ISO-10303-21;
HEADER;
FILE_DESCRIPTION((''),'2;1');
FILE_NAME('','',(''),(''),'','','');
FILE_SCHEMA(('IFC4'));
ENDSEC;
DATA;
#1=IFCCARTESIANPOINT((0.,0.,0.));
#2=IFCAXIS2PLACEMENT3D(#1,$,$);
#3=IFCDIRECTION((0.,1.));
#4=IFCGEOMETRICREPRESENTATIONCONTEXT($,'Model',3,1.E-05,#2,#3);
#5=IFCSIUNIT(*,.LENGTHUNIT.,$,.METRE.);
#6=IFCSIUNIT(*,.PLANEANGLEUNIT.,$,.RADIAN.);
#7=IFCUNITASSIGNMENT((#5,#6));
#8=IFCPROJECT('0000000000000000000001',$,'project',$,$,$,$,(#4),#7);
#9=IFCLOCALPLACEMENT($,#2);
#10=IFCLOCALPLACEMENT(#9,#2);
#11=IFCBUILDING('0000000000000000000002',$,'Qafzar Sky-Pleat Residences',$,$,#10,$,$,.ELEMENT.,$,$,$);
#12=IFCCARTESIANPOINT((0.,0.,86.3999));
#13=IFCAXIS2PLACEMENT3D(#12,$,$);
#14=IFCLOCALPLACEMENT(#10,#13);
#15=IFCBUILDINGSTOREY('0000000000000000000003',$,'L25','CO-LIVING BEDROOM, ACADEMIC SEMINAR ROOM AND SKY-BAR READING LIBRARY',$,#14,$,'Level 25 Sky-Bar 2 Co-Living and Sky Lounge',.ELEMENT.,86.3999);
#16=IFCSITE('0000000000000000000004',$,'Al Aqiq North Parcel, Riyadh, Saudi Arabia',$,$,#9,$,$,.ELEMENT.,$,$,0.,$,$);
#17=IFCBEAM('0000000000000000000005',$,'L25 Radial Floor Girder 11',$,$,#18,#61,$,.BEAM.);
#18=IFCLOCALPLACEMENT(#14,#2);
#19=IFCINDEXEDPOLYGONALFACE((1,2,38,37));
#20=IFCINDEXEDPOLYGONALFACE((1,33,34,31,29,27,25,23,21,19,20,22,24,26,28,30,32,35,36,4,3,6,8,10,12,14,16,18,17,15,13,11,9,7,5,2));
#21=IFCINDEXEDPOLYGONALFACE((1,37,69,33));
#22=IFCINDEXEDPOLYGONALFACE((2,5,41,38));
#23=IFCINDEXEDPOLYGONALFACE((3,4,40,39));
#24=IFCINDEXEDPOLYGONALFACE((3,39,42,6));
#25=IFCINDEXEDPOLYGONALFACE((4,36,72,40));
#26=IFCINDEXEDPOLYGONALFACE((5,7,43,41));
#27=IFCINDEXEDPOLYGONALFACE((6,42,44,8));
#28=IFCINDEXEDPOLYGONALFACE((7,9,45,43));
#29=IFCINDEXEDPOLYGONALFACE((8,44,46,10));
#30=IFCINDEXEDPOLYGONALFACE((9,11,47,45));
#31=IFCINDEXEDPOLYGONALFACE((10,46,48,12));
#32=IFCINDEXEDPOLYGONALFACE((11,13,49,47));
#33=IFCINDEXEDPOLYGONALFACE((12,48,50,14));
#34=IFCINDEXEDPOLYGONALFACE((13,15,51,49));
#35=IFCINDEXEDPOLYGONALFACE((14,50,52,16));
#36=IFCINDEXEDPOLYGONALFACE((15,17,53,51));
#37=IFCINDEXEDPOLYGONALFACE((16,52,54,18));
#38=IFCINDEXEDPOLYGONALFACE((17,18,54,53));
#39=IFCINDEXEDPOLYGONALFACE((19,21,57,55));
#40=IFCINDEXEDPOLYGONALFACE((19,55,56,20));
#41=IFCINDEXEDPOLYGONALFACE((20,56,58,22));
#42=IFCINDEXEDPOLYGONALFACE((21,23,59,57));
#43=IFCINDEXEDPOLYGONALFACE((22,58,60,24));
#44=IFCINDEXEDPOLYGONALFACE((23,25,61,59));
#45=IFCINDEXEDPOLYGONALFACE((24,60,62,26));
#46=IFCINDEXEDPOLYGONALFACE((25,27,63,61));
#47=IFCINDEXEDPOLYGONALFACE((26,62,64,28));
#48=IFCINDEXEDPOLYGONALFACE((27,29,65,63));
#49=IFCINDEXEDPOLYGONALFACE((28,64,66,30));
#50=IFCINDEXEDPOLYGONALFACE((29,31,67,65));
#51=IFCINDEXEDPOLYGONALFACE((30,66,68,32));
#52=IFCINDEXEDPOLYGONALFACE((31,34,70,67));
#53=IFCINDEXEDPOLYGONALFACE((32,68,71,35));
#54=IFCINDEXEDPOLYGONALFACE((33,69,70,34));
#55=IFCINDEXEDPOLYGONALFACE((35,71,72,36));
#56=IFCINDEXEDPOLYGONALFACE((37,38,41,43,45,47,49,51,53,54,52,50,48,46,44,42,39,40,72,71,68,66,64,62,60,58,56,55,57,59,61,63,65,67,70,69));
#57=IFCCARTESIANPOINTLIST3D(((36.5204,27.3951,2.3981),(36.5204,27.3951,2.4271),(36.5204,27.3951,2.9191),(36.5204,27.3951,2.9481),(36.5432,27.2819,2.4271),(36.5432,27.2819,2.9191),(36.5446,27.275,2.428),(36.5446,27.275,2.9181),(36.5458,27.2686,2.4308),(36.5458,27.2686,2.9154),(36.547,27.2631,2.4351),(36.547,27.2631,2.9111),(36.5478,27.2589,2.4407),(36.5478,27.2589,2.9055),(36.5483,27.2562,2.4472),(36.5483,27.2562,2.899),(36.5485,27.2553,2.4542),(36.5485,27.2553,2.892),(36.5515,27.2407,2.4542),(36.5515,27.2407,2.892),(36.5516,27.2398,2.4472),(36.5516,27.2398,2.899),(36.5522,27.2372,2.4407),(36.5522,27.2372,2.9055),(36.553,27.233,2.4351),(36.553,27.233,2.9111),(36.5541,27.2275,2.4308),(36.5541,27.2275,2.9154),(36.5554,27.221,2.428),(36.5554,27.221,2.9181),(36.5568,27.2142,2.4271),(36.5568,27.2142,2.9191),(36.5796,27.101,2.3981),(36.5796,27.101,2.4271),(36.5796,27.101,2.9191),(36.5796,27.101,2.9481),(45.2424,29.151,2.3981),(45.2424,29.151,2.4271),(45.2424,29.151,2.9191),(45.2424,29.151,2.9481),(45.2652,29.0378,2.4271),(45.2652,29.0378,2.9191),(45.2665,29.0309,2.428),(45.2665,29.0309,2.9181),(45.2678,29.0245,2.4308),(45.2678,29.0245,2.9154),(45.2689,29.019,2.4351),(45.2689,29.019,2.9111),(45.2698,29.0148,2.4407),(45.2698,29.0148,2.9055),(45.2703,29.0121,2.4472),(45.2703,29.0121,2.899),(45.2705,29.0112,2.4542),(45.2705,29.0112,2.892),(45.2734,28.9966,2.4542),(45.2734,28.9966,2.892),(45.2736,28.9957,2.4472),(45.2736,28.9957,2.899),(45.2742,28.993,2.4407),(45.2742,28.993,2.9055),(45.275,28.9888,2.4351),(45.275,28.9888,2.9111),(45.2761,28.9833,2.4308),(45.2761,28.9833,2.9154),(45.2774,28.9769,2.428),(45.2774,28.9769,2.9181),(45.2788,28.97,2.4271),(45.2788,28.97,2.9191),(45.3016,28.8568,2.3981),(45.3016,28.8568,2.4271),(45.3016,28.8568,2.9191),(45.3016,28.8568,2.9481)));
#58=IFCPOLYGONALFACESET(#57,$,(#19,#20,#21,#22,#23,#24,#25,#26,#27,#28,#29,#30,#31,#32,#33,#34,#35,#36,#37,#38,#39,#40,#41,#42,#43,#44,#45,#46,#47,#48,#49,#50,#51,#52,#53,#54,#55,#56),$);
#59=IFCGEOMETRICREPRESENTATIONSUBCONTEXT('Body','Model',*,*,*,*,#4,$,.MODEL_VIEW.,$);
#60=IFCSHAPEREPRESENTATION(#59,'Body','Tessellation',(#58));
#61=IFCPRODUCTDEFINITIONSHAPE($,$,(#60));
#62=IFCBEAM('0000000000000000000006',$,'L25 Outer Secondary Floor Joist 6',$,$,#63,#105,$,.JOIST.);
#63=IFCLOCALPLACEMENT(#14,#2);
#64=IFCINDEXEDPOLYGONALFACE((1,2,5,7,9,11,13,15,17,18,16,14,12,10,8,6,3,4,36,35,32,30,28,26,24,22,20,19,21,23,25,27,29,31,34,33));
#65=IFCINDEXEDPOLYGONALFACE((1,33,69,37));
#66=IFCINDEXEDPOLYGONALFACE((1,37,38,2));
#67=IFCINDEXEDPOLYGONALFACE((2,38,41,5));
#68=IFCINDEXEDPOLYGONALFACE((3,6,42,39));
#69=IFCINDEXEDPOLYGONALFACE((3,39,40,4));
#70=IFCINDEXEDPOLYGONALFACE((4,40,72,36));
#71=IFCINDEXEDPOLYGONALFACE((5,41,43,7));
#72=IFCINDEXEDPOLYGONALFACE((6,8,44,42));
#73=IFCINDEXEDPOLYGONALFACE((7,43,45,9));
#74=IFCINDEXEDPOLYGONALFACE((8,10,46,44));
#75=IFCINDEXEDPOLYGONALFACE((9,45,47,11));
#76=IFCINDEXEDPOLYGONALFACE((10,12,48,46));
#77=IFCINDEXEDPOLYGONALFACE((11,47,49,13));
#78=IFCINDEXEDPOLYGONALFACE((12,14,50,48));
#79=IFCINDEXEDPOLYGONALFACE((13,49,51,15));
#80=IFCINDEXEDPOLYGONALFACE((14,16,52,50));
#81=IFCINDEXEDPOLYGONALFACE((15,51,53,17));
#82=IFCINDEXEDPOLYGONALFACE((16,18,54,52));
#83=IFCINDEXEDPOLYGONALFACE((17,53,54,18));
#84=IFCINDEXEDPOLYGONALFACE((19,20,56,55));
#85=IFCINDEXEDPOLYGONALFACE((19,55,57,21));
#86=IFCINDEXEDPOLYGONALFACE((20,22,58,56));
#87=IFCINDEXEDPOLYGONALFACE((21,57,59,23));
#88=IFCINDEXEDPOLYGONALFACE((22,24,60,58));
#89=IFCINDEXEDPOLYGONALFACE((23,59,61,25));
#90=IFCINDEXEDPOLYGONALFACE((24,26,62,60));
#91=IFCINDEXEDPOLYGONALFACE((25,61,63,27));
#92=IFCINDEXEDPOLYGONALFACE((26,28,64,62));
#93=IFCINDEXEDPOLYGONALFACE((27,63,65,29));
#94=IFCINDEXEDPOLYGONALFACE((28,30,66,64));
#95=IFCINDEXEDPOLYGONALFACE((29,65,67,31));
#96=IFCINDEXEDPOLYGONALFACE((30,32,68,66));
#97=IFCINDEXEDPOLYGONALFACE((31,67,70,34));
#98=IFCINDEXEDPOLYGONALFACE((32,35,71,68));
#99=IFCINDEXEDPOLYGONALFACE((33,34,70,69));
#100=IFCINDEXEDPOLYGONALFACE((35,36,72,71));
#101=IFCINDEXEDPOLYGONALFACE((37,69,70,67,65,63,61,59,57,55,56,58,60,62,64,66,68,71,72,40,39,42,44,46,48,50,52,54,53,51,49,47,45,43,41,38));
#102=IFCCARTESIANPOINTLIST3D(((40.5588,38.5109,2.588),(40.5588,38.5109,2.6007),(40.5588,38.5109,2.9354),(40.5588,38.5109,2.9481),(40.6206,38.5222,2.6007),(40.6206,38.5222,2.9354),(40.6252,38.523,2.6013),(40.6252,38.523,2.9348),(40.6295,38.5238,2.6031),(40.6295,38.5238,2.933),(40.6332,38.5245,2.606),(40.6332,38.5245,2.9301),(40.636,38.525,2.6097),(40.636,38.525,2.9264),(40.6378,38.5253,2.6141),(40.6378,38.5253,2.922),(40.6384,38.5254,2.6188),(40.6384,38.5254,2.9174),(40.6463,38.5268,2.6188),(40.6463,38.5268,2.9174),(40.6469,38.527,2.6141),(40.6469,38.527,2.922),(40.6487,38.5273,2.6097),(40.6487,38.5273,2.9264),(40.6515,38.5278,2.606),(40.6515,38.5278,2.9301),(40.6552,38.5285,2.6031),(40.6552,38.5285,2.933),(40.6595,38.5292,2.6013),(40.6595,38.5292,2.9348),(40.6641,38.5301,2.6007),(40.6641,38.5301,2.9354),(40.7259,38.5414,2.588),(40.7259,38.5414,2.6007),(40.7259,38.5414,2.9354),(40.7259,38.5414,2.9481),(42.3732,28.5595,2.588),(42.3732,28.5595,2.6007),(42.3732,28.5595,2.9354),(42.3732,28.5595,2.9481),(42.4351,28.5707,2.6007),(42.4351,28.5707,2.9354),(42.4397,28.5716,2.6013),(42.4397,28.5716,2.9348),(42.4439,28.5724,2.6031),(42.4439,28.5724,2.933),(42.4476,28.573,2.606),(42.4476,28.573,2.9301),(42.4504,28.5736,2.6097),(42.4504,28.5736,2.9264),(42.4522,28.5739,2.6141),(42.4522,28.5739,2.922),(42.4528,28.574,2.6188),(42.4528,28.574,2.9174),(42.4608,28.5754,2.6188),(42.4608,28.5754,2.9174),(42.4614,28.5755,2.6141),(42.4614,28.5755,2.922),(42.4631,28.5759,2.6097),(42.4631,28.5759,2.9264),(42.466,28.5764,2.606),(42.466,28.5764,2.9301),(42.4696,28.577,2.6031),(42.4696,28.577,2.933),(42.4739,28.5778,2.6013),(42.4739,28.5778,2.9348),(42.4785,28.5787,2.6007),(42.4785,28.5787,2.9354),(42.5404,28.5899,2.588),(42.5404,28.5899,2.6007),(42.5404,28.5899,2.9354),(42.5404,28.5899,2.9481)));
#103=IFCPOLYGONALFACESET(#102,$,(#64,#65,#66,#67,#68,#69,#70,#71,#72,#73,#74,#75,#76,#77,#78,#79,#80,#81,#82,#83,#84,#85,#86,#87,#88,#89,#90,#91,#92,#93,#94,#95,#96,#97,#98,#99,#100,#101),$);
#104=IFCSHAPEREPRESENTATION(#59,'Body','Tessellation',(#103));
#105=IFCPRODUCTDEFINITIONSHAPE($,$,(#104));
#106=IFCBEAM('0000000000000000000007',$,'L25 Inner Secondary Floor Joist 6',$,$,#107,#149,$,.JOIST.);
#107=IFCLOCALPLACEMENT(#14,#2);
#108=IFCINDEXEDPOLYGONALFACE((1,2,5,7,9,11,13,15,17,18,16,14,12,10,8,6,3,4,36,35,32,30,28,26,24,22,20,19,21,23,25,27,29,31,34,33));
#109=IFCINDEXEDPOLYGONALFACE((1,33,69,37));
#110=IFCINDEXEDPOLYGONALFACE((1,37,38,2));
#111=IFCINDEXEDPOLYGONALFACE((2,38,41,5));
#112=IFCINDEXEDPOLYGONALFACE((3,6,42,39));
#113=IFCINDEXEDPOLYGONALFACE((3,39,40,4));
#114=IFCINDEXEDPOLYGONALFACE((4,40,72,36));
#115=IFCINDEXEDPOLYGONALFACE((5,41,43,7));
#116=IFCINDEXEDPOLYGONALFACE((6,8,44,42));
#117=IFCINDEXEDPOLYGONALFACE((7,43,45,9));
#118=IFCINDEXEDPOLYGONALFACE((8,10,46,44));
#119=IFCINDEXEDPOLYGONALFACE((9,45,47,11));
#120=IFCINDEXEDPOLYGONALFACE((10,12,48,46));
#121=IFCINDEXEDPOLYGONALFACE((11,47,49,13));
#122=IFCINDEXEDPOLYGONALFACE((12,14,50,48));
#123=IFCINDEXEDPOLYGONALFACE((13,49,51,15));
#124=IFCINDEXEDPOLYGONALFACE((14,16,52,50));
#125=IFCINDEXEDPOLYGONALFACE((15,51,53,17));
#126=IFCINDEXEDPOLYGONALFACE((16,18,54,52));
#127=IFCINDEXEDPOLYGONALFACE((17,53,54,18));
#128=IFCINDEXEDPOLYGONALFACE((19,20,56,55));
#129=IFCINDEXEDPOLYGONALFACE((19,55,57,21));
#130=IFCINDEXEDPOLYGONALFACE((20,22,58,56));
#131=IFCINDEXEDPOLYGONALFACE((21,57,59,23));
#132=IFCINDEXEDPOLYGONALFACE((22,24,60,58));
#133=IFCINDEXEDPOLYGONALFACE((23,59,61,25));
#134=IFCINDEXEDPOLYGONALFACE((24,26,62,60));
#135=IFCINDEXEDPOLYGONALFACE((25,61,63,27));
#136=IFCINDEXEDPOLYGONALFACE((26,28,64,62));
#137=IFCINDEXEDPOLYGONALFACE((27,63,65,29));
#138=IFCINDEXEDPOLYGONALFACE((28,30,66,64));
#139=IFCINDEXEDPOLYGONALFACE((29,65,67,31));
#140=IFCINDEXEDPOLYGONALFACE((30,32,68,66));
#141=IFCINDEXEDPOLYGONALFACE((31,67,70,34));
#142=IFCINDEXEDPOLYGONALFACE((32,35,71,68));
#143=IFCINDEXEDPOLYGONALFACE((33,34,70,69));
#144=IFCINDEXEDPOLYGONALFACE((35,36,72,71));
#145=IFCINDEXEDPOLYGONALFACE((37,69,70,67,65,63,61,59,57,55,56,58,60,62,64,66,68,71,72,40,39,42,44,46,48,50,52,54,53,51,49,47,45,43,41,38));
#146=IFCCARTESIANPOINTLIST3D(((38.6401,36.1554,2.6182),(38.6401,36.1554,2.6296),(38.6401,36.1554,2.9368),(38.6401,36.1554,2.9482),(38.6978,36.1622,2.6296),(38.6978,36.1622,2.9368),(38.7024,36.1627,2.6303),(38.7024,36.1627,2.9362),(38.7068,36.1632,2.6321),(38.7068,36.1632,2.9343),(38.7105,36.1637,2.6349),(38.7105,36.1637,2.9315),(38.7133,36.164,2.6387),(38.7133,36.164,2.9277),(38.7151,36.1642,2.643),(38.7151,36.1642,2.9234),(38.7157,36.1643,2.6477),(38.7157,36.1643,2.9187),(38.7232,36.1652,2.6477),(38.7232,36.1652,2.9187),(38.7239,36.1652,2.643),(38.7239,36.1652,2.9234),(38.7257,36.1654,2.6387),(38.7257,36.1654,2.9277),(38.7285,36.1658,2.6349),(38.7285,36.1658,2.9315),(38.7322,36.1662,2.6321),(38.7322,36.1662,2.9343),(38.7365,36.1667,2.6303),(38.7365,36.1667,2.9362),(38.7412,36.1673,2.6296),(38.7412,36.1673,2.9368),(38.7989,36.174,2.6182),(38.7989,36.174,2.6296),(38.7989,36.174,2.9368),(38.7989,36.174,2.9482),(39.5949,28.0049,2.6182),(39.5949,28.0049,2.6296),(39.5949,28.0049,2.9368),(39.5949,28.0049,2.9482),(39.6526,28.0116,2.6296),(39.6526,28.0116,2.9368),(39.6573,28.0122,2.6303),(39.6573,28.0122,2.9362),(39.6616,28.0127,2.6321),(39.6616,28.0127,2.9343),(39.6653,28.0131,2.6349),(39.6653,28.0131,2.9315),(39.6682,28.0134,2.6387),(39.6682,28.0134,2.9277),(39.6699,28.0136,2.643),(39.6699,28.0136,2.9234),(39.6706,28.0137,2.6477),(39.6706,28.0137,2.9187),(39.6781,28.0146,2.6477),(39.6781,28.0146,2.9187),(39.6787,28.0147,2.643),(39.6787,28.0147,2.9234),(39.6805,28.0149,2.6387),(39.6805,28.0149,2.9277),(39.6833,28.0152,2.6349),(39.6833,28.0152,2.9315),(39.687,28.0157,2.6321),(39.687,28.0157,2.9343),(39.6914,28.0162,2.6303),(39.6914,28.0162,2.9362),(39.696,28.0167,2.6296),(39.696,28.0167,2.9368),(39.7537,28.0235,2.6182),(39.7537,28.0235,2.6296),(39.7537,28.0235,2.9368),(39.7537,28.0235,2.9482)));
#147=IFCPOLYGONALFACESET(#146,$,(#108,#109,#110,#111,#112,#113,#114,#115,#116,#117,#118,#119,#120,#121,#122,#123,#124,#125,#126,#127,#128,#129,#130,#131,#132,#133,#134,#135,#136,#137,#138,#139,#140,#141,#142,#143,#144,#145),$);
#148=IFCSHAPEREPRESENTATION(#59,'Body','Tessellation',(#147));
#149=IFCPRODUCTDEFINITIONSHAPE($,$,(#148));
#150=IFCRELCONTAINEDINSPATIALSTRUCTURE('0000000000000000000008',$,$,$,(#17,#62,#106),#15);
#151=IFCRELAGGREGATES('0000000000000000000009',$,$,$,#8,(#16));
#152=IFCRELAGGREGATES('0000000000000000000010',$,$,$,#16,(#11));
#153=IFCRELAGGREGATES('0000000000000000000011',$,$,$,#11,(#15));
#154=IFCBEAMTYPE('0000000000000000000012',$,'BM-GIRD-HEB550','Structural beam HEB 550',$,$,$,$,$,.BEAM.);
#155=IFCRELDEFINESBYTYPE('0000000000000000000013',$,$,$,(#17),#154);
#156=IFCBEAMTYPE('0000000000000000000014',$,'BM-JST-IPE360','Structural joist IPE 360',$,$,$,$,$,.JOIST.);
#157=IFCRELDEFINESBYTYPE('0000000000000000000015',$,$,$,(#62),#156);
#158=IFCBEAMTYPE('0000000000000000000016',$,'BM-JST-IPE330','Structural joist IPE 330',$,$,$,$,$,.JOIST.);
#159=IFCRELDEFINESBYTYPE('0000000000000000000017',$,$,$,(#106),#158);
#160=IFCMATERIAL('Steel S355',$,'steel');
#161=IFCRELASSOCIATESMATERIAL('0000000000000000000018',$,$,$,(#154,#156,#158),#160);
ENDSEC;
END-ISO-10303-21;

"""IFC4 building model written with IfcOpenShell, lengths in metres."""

from ifc_helpers import new_model, si_unit, direction, frame, origin, origin_2d, place, context, subcontext, project, spatial, i_section, extrude, source, transform, mapped, material, material_profile, profile_set, type_object, element, save


model = new_model("IFC4")

# Units and contexts
model_context = context("Model", 3, precision=1e-05, world=origin(), true_north=direction((0.0, 1.0)))
body_context = subcontext(model_context, "Body", "Model", "MODEL_VIEW")
ifc_project = project(units=[si_unit("LENGTHUNIT", "METRE"), si_unit("PLANEANGLEUNIT", "RADIAN")], contexts=[model_context])

# Site, building, storey
site_placement = place(None, origin())
site = spatial("IfcSite", under=ifc_project, at=site_placement, Name="Al Aqiq North Parcel, Riyadh, Saudi Arabia", CompositionType="ELEMENT", RefElevation=0.0)
building_placement = place(site_placement, origin())
building = spatial("IfcBuilding", under=site, at=building_placement, Name="Qafzar Sky-Pleat Residences", CompositionType="ELEMENT")
storey_placement = place(building_placement, frame((0.0, 0.0, 86.3999)))
storey = spatial("IfcBuildingStorey", under=building, at=storey_placement, Name="L25", Description="CO-LIVING BEDROOM, ACADEMIC SEMINAR ROOM AND SKY-BAR READING LIBRARY", LongName="Level 25 Sky-Bar 2 Co-Living and Sky Lounge", CompositionType="ELEMENT", Elevation=86.3999)

# Beams
ifc_material_1 = material(Name="Steel S355", Category="steel")
ifc_material_profile_1 = material_profile(ifc_material_1, i_section(OverallWidth=0.3, OverallDepth=0.55, WebThickness=0.0149, FlangeThickness=0.0291, FilletRadius=0.0271, at=origin_2d()), Name="HEB 550")
ifc_profile_set_1 = profile_set([ifc_material_profile_1], Name="Steel S355")
beam_type_1 = type_object("IfcBeamType", Name="BM-GIRD-HEB550", Description="Structural beam HEB 550", PredefinedType="BEAM", material=ifc_profile_set_1)
shared_shape_1 = source(origin(), body_context, "Body", "SweptSolid", [
    extrude(i_section(OverallWidth=0.3, OverallDepth=0.55, WebThickness=0.0149, FlangeThickness=0.0291, FilletRadius=0.0271, at=origin_2d()), origin(), (0.0, 0.0, 1.0), 8.897),
])
beam_1_placement = place(storey_placement, frame((45.272, 29.0039, 2.6731), z_axis=(-0.980332, -0.197356, 0.0), x_axis=(0.197356, -0.980332, 0.0)))
element("IfcBeam", 1, at=beam_1_placement, inside=storey, type_object=beam_type_1, Name="L25 Radial Floor Girder 11", PredefinedType="BEAM", context=body_context, shape_type="MappedRepresentation", body=[
    mapped(shared_shape_1, transform((0.0, 0.0, 0.0), x_axis=(1.0, 0.0, 0.0), y_axis=(0.0, 1.0, 0.0), z_axis=(0.0, 0.0, 1.0), scale=1.0)),
])
ifc_material_profile_2 = material_profile(ifc_material_1, i_section(OverallWidth=0.1699, OverallDepth=0.3601, WebThickness=0.0081, FlangeThickness=0.0127, FilletRadius=0.0181, at=origin_2d()), Name="IPE 360")
ifc_profile_set_2 = profile_set([ifc_material_profile_2], Name="Steel S355")
beam_type_2 = type_object("IfcBeamType", Name="BM-JST-IPE360", Description="Structural joist IPE 360", PredefinedType="JOIST", material=ifc_profile_set_2)
shared_shape_2 = source(origin(), body_context, "Body", "SweptSolid", [
    extrude(i_section(OverallWidth=0.1699, OverallDepth=0.3601, WebThickness=0.0081, FlangeThickness=0.0127, FilletRadius=0.0181, at=origin_2d()), origin(), (0.0, 0.0, 1.0), 10.1155),
])
beam_2_placement = place(storey_placement, frame((42.4568, 28.5747, 2.7681), z_axis=(-0.179374, 0.983781, 0.0), x_axis=(-0.983781, -0.179374, 0.0)))
element("IfcBeam", 2, at=beam_2_placement, inside=storey, type_object=beam_type_2, Name="L25 Outer Secondary Floor Joist 6", PredefinedType="JOIST", context=body_context, shape_type="MappedRepresentation", body=[
    mapped(shared_shape_2, transform((0.0, 0.0, 0.0), x_axis=(1.0, 0.0, 0.0), y_axis=(0.0, 1.0, 0.0), z_axis=(0.0, 0.0, 1.0), scale=1.0)),
])
ifc_material_profile_3 = material_profile(ifc_material_1, i_section(OverallWidth=0.1599, OverallDepth=0.3301, WebThickness=0.0076, FlangeThickness=0.0115, FilletRadius=0.0181, at=origin_2d()), Name="IPE 330")
ifc_profile_set_3 = profile_set([ifc_material_profile_3], Name="Steel S355")
beam_type_3 = type_object("IfcBeamType", Name="BM-JST-IPE330", Description="Structural joist IPE 330", PredefinedType="JOIST", material=ifc_profile_set_3)
shared_shape_3 = source(origin(), body_context, "Body", "SweptSolid", [
    extrude(i_section(OverallWidth=0.1599, OverallDepth=0.3301, WebThickness=0.0076, FlangeThickness=0.0115, FilletRadius=0.0181, at=origin_2d()), origin(), (0.0, 0.0, 1.0), 8.2063),
])
beam_3_placement = place(storey_placement, frame((39.6743, 28.0142, 2.7832), z_axis=(-0.116353, 0.993208, 0.0), x_axis=(-0.993208, -0.116353, 0.0)))
element("IfcBeam", 3, at=beam_3_placement, inside=storey, type_object=beam_type_3, Name="L25 Inner Secondary Floor Joist 6", PredefinedType="JOIST", context=body_context, shape_type="MappedRepresentation", body=[
    mapped(shared_shape_3, transform((0.0, 0.0, 0.0), x_axis=(1.0, 0.0, 0.0), y_axis=(0.0, 1.0, 0.0), z_axis=(0.0, 0.0, 1.0), scale=1.0)),
])

save(model, "model.ifc")
